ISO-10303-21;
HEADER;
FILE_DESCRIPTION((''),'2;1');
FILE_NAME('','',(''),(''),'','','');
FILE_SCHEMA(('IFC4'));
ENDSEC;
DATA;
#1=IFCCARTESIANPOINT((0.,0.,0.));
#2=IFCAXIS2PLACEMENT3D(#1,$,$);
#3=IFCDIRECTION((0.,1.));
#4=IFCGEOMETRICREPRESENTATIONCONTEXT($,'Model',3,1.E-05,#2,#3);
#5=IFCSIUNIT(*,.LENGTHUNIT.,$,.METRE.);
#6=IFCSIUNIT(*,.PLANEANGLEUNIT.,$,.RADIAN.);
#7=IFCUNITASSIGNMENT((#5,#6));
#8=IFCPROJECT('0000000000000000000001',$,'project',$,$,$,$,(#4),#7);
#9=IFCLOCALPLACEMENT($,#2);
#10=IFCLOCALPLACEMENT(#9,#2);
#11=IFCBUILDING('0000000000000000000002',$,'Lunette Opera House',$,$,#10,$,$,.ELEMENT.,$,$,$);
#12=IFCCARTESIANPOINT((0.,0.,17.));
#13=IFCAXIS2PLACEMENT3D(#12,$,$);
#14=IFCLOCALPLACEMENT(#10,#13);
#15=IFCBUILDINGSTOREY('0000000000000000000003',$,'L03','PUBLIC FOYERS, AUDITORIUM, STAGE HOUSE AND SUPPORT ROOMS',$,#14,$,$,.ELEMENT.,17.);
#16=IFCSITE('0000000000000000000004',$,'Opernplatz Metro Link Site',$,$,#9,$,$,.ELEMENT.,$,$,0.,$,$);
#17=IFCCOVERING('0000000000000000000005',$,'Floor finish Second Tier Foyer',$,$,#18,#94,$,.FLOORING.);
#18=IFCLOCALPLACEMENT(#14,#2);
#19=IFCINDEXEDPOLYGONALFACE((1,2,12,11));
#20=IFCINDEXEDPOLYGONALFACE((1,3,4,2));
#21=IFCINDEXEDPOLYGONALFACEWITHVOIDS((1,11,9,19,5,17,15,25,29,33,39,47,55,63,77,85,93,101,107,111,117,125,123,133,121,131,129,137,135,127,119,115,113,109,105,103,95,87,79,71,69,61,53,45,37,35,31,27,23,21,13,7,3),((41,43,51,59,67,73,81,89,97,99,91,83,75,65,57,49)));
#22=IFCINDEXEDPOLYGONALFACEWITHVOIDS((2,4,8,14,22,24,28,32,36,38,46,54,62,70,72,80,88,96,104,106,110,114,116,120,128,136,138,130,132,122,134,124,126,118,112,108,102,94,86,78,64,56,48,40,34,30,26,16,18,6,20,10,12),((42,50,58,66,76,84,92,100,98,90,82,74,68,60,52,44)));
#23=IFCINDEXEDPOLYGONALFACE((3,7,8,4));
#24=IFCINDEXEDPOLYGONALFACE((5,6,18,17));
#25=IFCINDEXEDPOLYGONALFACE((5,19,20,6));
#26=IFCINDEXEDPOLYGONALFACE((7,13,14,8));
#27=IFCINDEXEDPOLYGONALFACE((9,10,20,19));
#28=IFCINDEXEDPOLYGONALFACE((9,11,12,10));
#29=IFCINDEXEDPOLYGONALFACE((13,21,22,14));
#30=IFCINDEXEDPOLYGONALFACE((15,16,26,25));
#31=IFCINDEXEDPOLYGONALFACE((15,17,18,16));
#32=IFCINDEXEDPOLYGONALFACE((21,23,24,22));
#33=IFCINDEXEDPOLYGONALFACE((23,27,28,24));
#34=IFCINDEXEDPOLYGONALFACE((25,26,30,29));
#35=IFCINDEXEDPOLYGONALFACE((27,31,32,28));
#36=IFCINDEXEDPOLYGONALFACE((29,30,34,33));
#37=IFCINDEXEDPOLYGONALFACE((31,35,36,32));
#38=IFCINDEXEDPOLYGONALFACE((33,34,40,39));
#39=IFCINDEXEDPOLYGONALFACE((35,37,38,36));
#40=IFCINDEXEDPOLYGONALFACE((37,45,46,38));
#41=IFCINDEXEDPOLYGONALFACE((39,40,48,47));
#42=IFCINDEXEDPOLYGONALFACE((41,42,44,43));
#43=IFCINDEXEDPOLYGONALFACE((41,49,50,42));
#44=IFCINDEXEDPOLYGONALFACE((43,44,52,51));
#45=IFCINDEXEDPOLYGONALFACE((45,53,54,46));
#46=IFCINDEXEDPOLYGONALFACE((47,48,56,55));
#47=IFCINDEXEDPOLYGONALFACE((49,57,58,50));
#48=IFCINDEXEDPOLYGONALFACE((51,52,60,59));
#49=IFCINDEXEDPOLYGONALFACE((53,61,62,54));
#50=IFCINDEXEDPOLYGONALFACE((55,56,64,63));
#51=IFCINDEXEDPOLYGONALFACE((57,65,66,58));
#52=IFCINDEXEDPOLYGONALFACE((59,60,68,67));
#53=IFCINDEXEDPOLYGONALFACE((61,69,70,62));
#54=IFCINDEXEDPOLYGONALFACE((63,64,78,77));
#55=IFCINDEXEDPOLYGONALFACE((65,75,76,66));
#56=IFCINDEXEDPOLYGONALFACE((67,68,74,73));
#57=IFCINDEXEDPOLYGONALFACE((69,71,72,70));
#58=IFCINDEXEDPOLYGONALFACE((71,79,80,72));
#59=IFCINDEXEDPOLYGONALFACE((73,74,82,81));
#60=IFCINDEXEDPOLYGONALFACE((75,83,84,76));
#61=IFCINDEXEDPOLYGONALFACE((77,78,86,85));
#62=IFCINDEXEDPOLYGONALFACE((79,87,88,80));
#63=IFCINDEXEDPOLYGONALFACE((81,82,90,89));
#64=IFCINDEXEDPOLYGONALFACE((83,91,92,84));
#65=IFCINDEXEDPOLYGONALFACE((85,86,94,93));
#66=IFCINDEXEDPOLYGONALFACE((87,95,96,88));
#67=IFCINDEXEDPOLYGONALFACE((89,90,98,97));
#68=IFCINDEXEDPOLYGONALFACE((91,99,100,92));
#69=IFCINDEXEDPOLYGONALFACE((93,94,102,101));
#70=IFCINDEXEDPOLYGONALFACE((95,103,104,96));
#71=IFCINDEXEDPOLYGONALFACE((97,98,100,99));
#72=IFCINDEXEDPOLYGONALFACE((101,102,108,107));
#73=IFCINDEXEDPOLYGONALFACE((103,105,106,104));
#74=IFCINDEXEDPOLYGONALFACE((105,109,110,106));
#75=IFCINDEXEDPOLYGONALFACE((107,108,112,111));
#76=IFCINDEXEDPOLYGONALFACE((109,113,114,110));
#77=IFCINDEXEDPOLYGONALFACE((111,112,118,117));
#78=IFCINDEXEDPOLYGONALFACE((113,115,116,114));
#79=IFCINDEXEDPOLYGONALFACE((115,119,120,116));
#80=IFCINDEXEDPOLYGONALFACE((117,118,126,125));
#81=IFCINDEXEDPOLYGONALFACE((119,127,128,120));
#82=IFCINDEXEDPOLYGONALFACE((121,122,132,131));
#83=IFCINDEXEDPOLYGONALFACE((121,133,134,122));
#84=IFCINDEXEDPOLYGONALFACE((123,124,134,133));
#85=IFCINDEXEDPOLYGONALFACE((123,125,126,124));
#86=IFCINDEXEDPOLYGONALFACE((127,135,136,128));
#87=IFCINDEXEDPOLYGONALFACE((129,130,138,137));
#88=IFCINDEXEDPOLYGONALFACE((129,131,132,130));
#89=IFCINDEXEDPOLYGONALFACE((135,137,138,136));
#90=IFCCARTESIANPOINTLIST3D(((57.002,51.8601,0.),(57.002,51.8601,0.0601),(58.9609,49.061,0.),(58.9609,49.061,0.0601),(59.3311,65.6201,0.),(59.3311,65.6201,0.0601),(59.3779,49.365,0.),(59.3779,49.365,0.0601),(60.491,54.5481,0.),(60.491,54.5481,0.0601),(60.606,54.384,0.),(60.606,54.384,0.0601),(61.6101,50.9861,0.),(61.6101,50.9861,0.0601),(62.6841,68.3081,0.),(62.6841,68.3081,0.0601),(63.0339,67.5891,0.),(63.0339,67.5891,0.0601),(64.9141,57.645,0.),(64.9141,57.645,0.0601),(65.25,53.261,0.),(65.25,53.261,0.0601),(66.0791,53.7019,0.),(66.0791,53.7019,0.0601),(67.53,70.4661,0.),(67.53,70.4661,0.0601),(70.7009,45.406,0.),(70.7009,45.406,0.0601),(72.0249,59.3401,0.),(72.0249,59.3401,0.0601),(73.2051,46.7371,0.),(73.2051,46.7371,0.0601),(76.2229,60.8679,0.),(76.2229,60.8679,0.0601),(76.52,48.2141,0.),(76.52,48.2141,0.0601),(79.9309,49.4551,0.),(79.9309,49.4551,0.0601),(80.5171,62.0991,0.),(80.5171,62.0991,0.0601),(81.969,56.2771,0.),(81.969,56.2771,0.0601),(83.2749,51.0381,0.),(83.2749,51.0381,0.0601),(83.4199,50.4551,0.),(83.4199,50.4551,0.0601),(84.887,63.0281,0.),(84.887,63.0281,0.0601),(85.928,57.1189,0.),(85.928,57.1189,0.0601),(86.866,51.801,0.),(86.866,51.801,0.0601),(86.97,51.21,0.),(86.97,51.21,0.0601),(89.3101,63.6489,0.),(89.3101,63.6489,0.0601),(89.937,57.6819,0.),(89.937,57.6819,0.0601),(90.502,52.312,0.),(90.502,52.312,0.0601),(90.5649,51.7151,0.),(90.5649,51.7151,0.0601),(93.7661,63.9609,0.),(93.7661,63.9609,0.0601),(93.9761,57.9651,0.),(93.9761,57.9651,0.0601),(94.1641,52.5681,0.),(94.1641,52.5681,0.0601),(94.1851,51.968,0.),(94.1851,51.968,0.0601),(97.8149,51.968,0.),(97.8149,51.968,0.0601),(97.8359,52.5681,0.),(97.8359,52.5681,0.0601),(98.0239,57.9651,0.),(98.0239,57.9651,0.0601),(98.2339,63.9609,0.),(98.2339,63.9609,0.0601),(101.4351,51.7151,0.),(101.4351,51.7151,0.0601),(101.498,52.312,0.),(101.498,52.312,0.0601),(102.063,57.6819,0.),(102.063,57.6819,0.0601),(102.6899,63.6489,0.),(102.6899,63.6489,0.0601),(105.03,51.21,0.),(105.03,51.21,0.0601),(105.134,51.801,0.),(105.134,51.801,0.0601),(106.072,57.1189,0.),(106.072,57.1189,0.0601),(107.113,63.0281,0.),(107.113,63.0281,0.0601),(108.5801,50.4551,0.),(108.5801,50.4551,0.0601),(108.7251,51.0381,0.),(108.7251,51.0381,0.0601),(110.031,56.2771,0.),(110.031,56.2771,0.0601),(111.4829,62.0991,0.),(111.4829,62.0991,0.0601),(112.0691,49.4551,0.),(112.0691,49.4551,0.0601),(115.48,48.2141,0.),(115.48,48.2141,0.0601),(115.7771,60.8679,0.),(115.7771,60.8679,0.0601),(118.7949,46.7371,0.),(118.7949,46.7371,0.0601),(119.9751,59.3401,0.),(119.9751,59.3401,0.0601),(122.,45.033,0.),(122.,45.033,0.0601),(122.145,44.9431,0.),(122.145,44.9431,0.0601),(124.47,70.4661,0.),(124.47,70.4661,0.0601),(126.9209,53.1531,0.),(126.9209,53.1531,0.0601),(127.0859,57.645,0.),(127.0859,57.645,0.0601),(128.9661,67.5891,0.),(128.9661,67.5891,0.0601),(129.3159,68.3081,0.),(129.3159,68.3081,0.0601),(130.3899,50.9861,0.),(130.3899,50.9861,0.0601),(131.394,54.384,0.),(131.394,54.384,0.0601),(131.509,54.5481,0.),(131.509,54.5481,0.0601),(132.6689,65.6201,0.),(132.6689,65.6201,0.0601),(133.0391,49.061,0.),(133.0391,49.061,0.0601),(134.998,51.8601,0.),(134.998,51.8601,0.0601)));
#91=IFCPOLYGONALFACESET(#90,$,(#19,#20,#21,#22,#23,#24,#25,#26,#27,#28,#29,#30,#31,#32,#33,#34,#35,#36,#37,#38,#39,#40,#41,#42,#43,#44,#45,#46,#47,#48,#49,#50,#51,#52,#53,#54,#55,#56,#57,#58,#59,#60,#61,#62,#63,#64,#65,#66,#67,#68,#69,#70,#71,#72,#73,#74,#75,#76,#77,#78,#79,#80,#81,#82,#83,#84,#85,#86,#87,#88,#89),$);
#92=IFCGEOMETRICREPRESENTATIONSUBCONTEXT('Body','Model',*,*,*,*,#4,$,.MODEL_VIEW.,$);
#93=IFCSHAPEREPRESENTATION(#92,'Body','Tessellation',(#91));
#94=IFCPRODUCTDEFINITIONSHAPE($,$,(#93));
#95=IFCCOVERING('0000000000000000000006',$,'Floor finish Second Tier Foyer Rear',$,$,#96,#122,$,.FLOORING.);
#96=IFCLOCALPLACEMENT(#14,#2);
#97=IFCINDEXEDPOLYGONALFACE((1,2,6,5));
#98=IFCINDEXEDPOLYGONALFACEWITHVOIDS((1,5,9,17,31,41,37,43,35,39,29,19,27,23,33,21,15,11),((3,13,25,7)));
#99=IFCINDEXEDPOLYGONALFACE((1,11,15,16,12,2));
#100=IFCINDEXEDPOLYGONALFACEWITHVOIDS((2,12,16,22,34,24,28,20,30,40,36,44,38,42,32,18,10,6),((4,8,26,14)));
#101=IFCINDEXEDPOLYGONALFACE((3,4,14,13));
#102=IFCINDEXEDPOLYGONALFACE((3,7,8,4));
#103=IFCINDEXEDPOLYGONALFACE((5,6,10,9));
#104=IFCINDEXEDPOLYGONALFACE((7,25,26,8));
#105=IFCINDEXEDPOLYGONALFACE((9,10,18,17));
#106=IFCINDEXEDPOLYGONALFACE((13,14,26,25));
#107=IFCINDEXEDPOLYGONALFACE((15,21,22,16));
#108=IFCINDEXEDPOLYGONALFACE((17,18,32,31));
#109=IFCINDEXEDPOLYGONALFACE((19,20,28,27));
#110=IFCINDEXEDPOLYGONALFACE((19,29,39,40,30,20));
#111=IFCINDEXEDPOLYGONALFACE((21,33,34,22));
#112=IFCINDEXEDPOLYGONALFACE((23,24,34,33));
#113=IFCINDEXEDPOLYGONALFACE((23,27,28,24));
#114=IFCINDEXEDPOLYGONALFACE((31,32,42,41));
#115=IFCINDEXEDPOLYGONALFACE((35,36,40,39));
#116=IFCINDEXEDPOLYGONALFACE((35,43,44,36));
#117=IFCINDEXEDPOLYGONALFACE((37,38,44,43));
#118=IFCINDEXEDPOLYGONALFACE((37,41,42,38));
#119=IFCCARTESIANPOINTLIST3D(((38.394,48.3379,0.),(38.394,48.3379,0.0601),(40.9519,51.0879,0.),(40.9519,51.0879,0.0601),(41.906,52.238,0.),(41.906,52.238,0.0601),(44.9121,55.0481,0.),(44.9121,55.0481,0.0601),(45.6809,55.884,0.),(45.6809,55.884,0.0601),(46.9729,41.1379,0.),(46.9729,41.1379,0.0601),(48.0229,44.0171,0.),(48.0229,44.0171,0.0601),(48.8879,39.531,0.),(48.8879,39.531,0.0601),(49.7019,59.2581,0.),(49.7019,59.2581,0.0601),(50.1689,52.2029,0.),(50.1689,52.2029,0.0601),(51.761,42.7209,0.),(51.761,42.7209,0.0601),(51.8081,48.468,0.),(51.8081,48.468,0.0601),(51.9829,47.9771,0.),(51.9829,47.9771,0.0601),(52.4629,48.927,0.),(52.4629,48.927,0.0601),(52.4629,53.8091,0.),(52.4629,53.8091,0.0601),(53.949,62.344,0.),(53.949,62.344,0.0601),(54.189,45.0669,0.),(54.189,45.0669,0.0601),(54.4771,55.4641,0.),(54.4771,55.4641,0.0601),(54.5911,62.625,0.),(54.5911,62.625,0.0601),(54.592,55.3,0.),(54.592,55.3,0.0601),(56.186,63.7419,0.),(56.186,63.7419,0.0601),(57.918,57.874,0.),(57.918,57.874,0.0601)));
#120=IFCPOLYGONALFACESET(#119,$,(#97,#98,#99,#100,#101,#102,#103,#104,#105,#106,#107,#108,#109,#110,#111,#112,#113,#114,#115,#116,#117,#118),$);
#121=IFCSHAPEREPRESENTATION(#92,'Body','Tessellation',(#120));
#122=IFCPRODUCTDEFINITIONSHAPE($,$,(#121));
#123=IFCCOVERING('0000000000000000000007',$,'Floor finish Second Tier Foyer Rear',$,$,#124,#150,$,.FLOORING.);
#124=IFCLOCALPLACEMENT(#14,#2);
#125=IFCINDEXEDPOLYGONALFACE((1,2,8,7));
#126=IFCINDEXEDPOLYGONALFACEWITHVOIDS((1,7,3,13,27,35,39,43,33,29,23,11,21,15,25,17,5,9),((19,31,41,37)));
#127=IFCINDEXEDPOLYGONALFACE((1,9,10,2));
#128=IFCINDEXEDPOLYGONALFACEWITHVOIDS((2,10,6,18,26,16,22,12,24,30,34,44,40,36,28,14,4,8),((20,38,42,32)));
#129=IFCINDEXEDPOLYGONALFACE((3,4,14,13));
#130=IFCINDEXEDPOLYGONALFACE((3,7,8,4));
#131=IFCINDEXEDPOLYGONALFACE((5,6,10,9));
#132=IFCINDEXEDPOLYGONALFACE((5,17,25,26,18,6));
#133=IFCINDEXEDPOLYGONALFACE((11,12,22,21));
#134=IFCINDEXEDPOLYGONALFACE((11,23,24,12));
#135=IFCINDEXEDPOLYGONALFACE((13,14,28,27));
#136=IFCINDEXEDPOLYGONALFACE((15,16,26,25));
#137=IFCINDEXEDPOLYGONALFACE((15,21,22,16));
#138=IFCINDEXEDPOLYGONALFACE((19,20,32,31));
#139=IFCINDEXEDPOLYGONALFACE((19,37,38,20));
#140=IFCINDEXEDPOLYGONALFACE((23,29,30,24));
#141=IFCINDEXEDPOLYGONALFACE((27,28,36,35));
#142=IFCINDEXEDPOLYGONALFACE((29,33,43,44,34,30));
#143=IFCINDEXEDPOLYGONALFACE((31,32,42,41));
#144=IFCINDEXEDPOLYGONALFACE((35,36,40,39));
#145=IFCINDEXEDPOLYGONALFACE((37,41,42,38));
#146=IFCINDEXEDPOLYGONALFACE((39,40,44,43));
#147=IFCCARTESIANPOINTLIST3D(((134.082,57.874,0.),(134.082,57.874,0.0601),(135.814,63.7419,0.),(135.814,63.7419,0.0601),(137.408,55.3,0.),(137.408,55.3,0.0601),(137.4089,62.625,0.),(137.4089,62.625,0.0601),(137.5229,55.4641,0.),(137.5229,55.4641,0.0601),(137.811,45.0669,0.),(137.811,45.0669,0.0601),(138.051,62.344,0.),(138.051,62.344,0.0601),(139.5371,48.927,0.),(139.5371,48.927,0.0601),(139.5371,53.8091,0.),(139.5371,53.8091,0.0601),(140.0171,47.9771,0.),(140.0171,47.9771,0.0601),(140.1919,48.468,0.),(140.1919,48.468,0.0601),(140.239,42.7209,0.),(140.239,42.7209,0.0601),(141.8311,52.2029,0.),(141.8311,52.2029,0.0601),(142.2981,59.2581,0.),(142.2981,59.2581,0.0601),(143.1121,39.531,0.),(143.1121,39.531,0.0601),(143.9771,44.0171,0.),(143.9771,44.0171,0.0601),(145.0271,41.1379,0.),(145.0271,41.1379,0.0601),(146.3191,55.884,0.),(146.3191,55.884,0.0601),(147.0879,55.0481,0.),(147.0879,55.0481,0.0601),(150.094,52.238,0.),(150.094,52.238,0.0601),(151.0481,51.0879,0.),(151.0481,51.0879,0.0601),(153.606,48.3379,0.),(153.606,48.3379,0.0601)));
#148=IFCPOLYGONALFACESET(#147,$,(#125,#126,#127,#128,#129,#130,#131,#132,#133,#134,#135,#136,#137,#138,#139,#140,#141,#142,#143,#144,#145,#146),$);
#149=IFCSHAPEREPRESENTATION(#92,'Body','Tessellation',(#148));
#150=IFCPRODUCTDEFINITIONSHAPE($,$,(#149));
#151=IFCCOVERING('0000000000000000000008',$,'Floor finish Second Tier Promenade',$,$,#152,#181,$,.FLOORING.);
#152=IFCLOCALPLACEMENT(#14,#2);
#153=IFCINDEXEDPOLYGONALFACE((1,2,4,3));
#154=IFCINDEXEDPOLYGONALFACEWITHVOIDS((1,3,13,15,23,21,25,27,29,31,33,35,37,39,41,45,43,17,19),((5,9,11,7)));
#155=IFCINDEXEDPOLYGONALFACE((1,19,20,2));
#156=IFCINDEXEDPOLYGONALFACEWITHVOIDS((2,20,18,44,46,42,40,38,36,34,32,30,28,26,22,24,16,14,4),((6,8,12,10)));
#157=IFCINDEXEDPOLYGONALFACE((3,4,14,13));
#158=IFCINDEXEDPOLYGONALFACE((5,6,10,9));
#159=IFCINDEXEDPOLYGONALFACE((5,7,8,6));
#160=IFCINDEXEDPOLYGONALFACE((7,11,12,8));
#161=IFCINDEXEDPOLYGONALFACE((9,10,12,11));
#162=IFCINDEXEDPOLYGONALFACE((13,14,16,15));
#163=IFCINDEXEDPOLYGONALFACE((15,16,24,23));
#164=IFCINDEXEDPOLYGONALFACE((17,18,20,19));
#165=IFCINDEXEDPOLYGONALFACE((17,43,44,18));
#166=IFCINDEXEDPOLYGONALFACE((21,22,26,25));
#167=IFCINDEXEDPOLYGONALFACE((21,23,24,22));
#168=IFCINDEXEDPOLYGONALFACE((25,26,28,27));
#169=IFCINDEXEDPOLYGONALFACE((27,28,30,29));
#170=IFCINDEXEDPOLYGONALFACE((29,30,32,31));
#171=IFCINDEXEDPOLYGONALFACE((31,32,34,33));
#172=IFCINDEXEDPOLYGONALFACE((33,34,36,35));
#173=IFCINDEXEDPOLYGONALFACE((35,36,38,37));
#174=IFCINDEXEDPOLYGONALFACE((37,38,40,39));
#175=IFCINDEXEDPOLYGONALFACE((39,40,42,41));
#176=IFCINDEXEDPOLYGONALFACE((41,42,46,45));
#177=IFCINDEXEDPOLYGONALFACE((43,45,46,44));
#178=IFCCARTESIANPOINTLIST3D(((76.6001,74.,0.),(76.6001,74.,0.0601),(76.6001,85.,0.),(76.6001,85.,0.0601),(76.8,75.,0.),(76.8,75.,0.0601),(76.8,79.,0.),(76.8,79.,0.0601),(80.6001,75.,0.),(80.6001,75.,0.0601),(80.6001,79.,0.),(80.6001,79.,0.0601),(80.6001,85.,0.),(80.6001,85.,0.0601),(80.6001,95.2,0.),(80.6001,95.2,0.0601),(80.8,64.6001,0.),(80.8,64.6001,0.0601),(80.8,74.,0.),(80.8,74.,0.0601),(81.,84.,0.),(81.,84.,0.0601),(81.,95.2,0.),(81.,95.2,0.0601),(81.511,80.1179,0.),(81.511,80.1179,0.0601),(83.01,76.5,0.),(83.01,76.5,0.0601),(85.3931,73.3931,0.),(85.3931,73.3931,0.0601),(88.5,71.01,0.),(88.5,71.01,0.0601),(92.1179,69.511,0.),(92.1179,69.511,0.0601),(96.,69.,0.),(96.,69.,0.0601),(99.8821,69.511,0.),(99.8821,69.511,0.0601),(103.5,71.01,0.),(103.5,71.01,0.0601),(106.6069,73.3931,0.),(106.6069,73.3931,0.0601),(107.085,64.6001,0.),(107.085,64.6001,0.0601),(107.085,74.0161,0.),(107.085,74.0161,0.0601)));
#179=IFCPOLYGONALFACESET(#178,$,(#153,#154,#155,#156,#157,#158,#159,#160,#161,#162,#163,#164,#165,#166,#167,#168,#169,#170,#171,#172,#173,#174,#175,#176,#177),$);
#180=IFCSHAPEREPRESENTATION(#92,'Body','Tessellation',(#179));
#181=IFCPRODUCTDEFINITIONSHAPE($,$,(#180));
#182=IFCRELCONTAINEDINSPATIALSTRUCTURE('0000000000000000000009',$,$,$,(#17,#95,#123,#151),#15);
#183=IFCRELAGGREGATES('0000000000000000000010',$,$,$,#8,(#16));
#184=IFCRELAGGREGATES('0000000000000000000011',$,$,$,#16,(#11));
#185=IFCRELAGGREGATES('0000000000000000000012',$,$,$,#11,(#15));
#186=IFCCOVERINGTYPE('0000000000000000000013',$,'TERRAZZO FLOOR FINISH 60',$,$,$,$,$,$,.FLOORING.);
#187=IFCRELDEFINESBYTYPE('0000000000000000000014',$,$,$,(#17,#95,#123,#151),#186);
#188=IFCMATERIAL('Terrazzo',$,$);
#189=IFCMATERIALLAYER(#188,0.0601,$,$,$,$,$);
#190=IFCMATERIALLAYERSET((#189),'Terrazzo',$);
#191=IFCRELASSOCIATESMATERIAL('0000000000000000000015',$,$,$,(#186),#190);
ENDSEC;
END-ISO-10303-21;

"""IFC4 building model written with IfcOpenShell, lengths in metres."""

from ifc_helpers import new_model, si_unit, direction, frame, origin, place, context, subcontext, project, spatial, polyline, outline, extrude, material, layer, layer_set, type_object, element, save


model = new_model("IFC4")

# Units and contexts
model_context = context("Model", 3, precision=1e-05, world=origin(), true_north=direction((0.0, 1.0)))
body_context = subcontext(model_context, "Body", "Model", "MODEL_VIEW")
ifc_project = project(units=[si_unit("LENGTHUNIT", "METRE"), si_unit("PLANEANGLEUNIT", "RADIAN")], contexts=[model_context])

# Site, building, storey
site_placement = place(None, origin())
site = spatial("IfcSite", under=ifc_project, at=site_placement, Name="Opernplatz Metro Link Site", CompositionType="ELEMENT", RefElevation=0.0)
building_placement = place(site_placement, origin())
building = spatial("IfcBuilding", under=site, at=building_placement, Name="Lunette Opera House", CompositionType="ELEMENT")
storey_placement = place(building_placement, frame((0.0, 0.0, 17.0)))
storey = spatial("IfcBuildingStorey", under=building, at=storey_placement, Name="L03", Description="PUBLIC FOYERS, AUDITORIUM, STAGE HOUSE AND SUPPORT ROOMS", CompositionType="ELEMENT", Elevation=17.0)

# Coverings
ifc_material_1 = material(Name="Terrazzo")
ifc_layer_1 = layer(ifc_material_1, 0.0601)
ifc_layer_set_1 = layer_set([ifc_layer_1], Name="Terrazzo")
covering_type_1 = type_object("IfcCoveringType", Name="TERRAZZO FLOOR FINISH 60", PredefinedType="FLOORING", material=ifc_layer_set_1)
covering_1_placement = place(storey_placement, origin())
element("IfcCovering", 1, at=covering_1_placement, inside=storey, type_object=covering_type_1, Name="Floor finish Second Tier Foyer", PredefinedType="FLOORING", context=body_context, shape_type="SweptSolid", body=[
    extrude(outline(polyline([(66.0791, 53.7019), (65.25, 53.261), (61.6101, 50.9861), (59.3779, 49.365), (58.9609, 49.061), (57.002, 51.8601), (60.606, 54.384), (60.491, 54.5481), (64.9141, 57.645), (59.3311, 65.6201), (63.0339, 67.5891), (62.6841, 68.3081), (67.53, 70.4661), (72.0249, 59.3401), (76.2229, 60.8679), (80.5171, 62.0991), (84.887, 63.0281), (89.3101, 63.6489), (93.7661, 63.9609), (98.2339, 63.9609), (102.6899, 63.6489), (107.113, 63.0281), (111.4829, 62.0991), (115.7771, 60.8679), (119.9751, 59.3401), (124.47, 70.4661), (129.3159, 68.3081), (128.9661, 67.5891), (132.6689, 65.6201), (127.0859, 57.645), (131.509, 54.5481), (131.394, 54.384), (134.998, 51.8601), (133.0391, 49.061), (130.3899, 50.9861), (126.9209, 53.1531), (122.145, 44.9431), (122.0, 45.033), (118.7949, 46.7371), (115.48, 48.2141), (112.0691, 49.4551), (108.5801, 50.4551), (105.03, 51.21), (101.4351, 51.7151), (97.8149, 51.968), (94.1851, 51.968), (90.5649, 51.7151), (86.97, 51.21), (83.4199, 50.4551), (79.9309, 49.4551), (76.52, 48.2141), (73.2051, 46.7371), (70.7009, 45.406), (66.0791, 53.7019)]), holes=[polyline([(108.7251, 51.0381), (110.031, 56.2771), (106.072, 57.1189), (102.063, 57.6819), (98.0239, 57.9651), (93.9761, 57.9651), (89.937, 57.6819), (85.928, 57.1189), (81.969, 56.2771), (83.2749, 51.0381), (86.866, 51.801), (90.502, 52.312), (94.1641, 52.5681), (97.8359, 52.5681), (101.498, 52.312), (105.134, 51.801), (108.7251, 51.0381)])]), origin(), (0.0, 0.0, 1.0), 0.0601),
])
covering_2_placement = place(storey_placement, origin())
element("IfcCovering", 2, at=covering_2_placement, inside=storey, type_object=covering_type_1, Name="Floor finish Second Tier Foyer Rear", PredefinedType="FLOORING", context=body_context, shape_type="SweptSolid", body=[
    extrude(outline(polyline([(51.8081, 48.468), (54.189, 45.0669), (51.761, 42.7209), (48.8879, 39.531), (46.9729, 41.1379), (38.394, 48.3379), (41.906, 52.238), (45.6809, 55.884), (49.7019, 59.2581), (53.949, 62.344), (56.186, 63.7419), (54.5911, 62.625), (57.918, 57.874), (54.4771, 55.4641), (54.592, 55.3), (52.4629, 53.8091), (50.1689, 52.2029), (52.4629, 48.927), (51.8081, 48.468)]), holes=[polyline([(48.0229, 44.0171), (51.9829, 47.9771), (44.9121, 55.0481), (40.9519, 51.0879), (48.0229, 44.0171)])]), origin(), (0.0, 0.0, 1.0), 0.0601),
])
covering_3_placement = place(storey_placement, origin())
element("IfcCovering", 3, at=covering_3_placement, inside=storey, type_object=covering_type_1, Name="Floor finish Second Tier Foyer Rear", PredefinedType="FLOORING", context=body_context, shape_type="SweptSolid", body=[
    extrude(outline(polyline([(141.8311, 52.2029), (139.5371, 53.8091), (137.408, 55.3), (137.5229, 55.4641), (134.082, 57.874), (137.4089, 62.625), (135.814, 63.7419), (138.051, 62.344), (142.2981, 59.2581), (146.3191, 55.884), (150.094, 52.238), (153.606, 48.3379), (145.0271, 41.1379), (143.1121, 39.531), (140.239, 42.7209), (137.811, 45.0669), (140.1919, 48.468), (139.5371, 48.927), (141.8311, 52.2029)]), holes=[polyline([(140.0171, 47.9771), (143.9771, 44.0171), (151.0481, 51.0879), (147.0879, 55.0481), (140.0171, 47.9771)])]), origin(), (0.0, 0.0, 1.0), 0.0601),
])
covering_4_placement = place(storey_placement, origin())
element("IfcCovering", 4, at=covering_4_placement, inside=storey, type_object=covering_type_1, Name="Floor finish Second Tier Promenade", PredefinedType="FLOORING", context=body_context, shape_type="SweptSolid", body=[
    extrude(outline(polyline([(80.8, 74.0), (76.6001, 74.0), (76.6001, 85.0), (80.6001, 85.0), (80.6001, 95.2), (81.0, 95.2), (81.0, 84.0), (81.511, 80.1179), (83.01, 76.5), (85.3931, 73.3931), (88.5, 71.01), (92.1179, 69.511), (96.0, 69.0), (99.8821, 69.511), (103.5, 71.01), (106.6069, 73.3931), (107.085, 74.0161), (107.085, 64.6001), (80.8, 64.6001), (80.8, 74.0)]), holes=[polyline([(80.6001, 79.0), (76.8, 79.0), (76.8, 75.0), (80.6001, 75.0), (80.6001, 79.0)])]), origin(), (0.0, 0.0, 1.0), 0.0601),
])

save(model, "model.ifc")
